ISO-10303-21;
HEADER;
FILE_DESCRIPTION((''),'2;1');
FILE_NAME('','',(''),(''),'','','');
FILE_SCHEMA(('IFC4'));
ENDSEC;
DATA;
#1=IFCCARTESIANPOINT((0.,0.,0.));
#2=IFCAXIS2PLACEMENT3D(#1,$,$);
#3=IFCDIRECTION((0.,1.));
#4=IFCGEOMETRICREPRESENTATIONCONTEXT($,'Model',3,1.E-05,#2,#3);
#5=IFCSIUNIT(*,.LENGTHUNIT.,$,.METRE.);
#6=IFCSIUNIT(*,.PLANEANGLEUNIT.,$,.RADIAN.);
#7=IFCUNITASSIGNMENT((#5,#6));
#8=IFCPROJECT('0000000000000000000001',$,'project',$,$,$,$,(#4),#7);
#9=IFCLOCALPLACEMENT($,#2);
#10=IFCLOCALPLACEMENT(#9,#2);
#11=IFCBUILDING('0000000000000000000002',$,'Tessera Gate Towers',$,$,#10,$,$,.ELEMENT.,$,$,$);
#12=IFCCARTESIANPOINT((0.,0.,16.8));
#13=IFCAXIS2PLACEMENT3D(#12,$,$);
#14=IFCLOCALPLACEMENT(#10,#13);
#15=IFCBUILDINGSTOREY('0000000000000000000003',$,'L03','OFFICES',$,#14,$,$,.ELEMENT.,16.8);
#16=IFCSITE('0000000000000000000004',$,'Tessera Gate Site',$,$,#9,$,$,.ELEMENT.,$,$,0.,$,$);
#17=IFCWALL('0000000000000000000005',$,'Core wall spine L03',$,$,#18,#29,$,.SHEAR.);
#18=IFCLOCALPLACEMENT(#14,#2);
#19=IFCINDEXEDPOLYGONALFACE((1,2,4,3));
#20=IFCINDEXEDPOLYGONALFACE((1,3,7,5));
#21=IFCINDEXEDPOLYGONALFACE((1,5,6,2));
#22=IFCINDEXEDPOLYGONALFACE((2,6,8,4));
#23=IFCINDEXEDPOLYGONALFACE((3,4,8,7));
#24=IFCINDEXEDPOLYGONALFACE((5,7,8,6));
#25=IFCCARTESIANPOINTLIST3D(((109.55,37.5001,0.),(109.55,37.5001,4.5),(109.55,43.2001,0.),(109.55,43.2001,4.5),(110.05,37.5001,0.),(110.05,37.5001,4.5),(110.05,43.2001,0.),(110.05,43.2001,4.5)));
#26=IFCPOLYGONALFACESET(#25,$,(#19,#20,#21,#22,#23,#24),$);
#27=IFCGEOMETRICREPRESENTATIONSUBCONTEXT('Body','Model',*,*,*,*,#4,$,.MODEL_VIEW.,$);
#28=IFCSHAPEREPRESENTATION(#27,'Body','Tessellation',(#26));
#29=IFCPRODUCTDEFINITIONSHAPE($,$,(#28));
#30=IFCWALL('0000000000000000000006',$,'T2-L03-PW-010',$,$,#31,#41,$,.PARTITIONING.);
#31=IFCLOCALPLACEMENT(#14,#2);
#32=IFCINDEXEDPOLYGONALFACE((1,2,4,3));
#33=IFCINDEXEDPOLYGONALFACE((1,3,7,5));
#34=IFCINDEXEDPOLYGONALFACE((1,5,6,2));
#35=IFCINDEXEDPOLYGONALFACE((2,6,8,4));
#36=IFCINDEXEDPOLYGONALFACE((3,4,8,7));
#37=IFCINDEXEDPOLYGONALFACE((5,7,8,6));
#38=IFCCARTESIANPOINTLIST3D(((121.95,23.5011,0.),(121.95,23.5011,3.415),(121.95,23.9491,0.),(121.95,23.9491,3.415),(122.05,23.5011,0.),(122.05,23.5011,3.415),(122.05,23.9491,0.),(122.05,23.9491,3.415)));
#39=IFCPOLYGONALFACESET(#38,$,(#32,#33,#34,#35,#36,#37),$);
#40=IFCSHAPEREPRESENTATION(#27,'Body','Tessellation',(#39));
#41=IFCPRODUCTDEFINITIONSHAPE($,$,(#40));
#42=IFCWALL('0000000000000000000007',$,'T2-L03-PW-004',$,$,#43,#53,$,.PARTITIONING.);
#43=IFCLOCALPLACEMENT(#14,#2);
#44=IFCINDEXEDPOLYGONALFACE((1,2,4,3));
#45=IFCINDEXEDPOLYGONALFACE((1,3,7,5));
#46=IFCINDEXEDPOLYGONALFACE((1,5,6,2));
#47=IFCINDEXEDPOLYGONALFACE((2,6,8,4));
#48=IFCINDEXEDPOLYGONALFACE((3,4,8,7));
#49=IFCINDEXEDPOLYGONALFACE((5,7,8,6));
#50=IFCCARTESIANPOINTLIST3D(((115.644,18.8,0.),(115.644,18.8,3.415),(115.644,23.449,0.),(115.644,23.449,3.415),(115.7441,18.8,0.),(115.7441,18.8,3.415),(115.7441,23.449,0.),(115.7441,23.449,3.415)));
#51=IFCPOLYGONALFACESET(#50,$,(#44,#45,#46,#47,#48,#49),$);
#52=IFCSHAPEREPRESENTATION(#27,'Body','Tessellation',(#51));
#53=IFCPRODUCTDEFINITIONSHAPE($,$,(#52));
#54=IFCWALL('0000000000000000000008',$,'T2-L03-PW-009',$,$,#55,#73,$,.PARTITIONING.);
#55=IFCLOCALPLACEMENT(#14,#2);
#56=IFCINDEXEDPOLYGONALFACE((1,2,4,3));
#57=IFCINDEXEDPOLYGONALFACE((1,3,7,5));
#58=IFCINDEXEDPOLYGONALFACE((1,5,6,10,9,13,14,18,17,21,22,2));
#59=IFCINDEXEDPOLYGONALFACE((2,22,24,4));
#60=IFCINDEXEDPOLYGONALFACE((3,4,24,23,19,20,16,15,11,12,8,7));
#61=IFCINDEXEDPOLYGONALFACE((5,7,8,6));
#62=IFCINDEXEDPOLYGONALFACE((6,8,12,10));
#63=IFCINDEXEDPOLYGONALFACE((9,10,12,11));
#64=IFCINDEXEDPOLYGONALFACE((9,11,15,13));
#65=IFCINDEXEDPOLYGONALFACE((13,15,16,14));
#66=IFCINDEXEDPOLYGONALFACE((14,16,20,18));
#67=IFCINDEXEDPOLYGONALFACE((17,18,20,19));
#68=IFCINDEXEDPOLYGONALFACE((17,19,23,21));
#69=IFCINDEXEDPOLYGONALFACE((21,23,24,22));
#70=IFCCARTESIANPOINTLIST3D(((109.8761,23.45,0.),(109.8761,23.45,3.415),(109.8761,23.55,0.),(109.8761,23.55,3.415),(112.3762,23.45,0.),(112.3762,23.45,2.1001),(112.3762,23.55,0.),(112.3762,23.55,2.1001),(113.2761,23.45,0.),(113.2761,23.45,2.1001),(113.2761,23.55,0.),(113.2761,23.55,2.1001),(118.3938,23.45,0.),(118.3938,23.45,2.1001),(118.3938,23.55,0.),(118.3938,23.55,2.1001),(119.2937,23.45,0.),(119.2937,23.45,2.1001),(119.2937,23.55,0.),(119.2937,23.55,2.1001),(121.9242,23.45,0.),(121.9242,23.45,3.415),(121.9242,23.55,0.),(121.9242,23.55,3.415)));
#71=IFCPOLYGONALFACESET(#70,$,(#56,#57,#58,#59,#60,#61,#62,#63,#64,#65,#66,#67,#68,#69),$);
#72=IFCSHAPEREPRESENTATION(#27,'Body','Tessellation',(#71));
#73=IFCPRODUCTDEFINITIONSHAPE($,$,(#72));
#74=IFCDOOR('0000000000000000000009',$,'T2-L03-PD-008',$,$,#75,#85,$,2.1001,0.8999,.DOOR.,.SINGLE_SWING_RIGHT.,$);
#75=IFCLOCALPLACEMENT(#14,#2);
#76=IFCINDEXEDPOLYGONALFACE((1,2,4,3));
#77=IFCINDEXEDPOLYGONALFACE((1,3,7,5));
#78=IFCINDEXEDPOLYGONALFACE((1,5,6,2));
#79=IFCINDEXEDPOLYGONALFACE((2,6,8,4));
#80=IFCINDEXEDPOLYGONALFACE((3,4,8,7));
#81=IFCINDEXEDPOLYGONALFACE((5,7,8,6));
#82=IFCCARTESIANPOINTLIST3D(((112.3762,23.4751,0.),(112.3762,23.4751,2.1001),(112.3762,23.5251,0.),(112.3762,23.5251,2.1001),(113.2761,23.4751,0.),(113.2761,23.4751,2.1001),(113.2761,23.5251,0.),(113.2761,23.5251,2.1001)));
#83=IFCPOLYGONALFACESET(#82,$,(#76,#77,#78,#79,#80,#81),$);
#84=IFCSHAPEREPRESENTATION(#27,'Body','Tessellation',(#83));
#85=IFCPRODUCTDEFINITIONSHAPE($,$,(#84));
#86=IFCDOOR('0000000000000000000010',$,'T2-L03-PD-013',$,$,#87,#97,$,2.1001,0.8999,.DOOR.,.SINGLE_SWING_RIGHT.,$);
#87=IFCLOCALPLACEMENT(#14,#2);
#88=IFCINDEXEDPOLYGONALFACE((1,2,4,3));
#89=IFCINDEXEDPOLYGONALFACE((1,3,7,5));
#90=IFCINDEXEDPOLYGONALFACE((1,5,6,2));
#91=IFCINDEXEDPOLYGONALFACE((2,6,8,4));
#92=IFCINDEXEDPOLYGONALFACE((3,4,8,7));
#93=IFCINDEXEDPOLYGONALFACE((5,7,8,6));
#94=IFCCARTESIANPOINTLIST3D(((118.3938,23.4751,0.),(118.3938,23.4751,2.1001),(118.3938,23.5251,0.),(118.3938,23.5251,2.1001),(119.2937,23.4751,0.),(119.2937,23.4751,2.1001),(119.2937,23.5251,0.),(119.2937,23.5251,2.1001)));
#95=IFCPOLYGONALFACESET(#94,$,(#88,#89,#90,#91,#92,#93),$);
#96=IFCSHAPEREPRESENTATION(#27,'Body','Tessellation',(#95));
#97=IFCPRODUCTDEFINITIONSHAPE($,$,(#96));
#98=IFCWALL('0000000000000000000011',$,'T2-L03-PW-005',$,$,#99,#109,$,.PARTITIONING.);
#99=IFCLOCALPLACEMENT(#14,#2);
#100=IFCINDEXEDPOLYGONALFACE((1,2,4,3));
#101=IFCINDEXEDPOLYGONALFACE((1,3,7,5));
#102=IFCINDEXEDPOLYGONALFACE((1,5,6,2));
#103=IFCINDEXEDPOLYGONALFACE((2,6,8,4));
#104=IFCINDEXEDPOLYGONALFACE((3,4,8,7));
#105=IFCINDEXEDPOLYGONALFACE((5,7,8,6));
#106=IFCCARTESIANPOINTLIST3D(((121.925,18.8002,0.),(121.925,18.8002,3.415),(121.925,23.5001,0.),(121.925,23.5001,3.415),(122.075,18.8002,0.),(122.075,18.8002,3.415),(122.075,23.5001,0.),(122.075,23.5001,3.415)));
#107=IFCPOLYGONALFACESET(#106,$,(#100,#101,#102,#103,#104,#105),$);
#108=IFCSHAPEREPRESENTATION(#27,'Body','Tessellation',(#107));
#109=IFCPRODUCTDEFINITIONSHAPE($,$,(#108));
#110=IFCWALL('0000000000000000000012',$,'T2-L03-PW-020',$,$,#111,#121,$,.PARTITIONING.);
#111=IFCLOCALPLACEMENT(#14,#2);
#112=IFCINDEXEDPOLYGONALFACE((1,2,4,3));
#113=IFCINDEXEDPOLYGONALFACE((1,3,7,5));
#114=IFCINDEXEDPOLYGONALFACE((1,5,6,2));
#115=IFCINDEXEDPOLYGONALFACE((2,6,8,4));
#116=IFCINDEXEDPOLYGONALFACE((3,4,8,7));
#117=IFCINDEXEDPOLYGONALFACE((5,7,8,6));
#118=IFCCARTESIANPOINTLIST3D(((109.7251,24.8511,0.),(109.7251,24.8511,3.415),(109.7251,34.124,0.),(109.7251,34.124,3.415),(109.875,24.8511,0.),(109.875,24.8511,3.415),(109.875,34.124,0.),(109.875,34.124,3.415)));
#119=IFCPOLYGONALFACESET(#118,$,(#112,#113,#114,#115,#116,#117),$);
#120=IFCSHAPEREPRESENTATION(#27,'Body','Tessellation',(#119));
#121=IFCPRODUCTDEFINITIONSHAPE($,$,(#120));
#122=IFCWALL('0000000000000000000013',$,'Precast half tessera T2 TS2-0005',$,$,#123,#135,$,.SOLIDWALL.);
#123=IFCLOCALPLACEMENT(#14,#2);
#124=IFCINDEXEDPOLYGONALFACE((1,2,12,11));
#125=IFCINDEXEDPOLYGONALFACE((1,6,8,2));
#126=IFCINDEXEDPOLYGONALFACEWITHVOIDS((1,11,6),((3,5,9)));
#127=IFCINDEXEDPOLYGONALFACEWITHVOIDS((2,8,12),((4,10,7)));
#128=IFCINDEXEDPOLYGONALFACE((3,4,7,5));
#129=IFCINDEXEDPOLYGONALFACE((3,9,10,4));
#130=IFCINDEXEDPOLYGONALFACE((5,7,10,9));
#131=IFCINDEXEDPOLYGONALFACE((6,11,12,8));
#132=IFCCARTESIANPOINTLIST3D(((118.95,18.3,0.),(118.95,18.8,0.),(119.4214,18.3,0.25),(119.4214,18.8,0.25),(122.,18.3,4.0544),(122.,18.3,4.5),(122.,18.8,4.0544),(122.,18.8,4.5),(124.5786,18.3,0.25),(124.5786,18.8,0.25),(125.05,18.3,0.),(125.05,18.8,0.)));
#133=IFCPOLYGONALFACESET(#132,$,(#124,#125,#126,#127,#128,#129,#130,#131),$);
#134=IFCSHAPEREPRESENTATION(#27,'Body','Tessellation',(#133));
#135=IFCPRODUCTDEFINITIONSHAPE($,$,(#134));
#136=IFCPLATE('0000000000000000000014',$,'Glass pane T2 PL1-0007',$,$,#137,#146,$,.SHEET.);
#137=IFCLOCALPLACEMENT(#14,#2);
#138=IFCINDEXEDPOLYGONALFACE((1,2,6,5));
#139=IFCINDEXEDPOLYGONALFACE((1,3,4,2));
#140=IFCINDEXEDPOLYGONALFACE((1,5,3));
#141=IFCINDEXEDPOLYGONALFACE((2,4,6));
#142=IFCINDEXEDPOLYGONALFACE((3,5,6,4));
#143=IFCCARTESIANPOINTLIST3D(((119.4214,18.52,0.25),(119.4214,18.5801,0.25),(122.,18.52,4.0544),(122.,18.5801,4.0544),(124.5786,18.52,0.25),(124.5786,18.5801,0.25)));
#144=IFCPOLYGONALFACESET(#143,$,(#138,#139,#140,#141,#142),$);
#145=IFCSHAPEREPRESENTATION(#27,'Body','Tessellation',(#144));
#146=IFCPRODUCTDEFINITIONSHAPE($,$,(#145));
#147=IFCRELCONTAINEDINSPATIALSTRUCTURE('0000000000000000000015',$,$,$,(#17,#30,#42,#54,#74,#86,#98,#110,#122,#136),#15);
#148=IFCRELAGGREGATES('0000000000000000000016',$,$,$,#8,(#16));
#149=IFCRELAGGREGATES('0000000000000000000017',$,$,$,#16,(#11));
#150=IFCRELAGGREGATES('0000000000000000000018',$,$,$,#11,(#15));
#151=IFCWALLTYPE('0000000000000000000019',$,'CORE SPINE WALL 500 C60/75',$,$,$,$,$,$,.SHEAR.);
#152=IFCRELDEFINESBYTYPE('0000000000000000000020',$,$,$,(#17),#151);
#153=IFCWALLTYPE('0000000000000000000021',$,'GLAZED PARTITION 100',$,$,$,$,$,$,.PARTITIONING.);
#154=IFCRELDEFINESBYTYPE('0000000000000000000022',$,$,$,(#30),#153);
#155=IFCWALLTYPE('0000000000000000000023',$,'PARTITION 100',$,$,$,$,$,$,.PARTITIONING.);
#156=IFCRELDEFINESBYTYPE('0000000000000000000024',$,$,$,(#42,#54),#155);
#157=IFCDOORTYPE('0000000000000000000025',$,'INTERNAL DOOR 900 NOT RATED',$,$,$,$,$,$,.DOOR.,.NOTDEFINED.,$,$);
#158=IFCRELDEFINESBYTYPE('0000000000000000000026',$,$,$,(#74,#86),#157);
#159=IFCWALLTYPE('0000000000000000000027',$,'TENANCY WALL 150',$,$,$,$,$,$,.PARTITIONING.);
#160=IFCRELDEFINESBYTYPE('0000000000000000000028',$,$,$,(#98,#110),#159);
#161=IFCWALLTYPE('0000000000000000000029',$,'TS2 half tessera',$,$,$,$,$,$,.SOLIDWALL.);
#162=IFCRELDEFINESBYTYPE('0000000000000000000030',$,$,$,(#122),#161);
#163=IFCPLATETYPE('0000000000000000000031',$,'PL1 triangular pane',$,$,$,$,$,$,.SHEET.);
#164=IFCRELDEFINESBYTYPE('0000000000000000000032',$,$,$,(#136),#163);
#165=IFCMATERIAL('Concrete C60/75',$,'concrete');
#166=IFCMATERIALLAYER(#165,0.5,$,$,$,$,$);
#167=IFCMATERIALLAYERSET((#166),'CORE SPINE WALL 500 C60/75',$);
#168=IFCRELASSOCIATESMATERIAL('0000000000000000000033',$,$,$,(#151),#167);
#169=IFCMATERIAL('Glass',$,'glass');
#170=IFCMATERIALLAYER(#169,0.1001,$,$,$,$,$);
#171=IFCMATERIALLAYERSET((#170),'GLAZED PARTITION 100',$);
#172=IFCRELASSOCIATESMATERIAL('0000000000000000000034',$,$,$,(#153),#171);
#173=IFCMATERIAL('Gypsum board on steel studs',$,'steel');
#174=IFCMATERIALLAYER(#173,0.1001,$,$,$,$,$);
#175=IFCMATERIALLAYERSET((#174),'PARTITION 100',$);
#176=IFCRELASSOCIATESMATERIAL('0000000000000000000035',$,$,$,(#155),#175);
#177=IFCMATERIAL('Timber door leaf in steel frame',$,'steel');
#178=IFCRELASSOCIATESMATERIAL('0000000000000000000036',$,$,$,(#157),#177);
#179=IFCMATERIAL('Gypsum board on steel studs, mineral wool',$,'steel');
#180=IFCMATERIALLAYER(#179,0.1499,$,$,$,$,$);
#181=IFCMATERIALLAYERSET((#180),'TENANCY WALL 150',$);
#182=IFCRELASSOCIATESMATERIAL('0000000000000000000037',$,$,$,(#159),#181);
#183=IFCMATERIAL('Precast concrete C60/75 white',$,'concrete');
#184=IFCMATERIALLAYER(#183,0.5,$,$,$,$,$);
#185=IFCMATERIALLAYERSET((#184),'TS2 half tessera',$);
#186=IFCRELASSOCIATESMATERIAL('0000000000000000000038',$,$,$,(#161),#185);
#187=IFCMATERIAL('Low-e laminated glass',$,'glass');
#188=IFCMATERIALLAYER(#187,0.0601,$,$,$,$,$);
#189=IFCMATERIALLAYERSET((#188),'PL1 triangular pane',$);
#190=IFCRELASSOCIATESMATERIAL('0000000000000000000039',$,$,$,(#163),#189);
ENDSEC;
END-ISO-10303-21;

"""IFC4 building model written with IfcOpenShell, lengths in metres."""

from ifc_helpers import new_model, si_unit, direction, frame, frame_2d, origin, place, context, subcontext, project, spatial, polyline, rectangle, outline, extrude, source, transform, mapped, material, layer, layer_set, type_object, element, fill, save


model = new_model("IFC4")

# Units and contexts
model_context = context("Model", 3, precision=1e-05, world=origin(), true_north=direction((0.0, 1.0)))
body_context = subcontext(model_context, "Body", "Model", "MODEL_VIEW")
ifc_project = project(units=[si_unit("LENGTHUNIT", "METRE"), si_unit("PLANEANGLEUNIT", "RADIAN")], contexts=[model_context])

# Site, building, storey
site_placement = place(None, origin())
site = spatial("IfcSite", under=ifc_project, at=site_placement, Name="Tessera Gate Site", CompositionType="ELEMENT", RefElevation=0.0)
building_placement = place(site_placement, origin())
building = spatial("IfcBuilding", under=site, at=building_placement, Name="Tessera Gate Towers", CompositionType="ELEMENT")
storey_placement = place(building_placement, frame((0.0, 0.0, 16.8)))
storey = spatial("IfcBuildingStorey", under=building, at=storey_placement, Name="L03", Description="OFFICES", CompositionType="ELEMENT", Elevation=16.8)

# Walls
ifc_material_1 = material(Name="Concrete C60/75", Category="concrete")
ifc_layer_1 = layer(ifc_material_1, 0.5)
ifc_layer_set_1 = layer_set([ifc_layer_1], Name="CORE SPINE WALL 500 C60/75")
wall_type_1 = type_object("IfcWallType", Name="CORE SPINE WALL 500 C60/75", PredefinedType="SHEAR", material=ifc_layer_set_1)
wall_1_placement = place(storey_placement, frame((109.8, 37.5, 0.0), z_axis=(0.0, 0.0, 1.0), x_axis=(0.0, 1.0, 0.0)))
element("IfcWall", 1, at=wall_1_placement, inside=storey, type_object=wall_type_1, Name="Core wall spine L03", PredefinedType="SHEAR", context=body_context, shape_type="SweptSolid", body=[
    extrude(rectangle(XDim=5.7, YDim=0.5, at=frame_2d((2.8501, 0.0))), origin(), (0.0, 0.0, 1.0), 4.5),
])
ifc_material_2 = material(Name="Glass", Category="glass")
ifc_layer_2 = layer(ifc_material_2, 0.1001)
ifc_layer_set_2 = layer_set([ifc_layer_2], Name="GLAZED PARTITION 100")
wall_type_2 = type_object("IfcWallType", Name="GLAZED PARTITION 100", PredefinedType="PARTITIONING", material=ifc_layer_set_2)
wall_2_placement = place(storey_placement, frame((122.0, 23.501, 0.0), z_axis=(0.0, 0.0, 1.0), x_axis=(0.0, 1.0, 0.0)))
element("IfcWall", 2, at=wall_2_placement, inside=storey, type_object=wall_type_2, Name="T2-L03-PW-010", PredefinedType="PARTITIONING", context=body_context, shape_type="SweptSolid", body=[
    extrude(rectangle(XDim=0.448, YDim=0.1001, at=frame_2d((0.2241, 0.0))), origin(), (0.0, 0.0, 1.0), 3.415),
])
ifc_material_3 = material(Name="Gypsum board on steel studs", Category="steel")
ifc_layer_3 = layer(ifc_material_3, 0.1001)
ifc_layer_set_3 = layer_set([ifc_layer_3], Name="PARTITION 100")
wall_type_3 = type_object("IfcWallType", Name="PARTITION 100", PredefinedType="PARTITIONING", material=ifc_layer_set_3)
wall_3_placement = place(storey_placement, frame((115.6941, 18.8, 0.0), z_axis=(0.0, 0.0, 1.0), x_axis=(0.0, 1.0, 0.0)))
element("IfcWall", 3, at=wall_3_placement, inside=storey, type_object=wall_type_3, Name="T2-L03-PW-004", PredefinedType="PARTITIONING", context=body_context, shape_type="SweptSolid", body=[
    extrude(rectangle(XDim=4.6489, YDim=0.1001, at=frame_2d((2.3245, 0.0))), origin(), (0.0, 0.0, 1.0), 3.415),
])

# Wall, openings, doors
wall_4_placement = place(storey_placement, frame((121.9241, 23.5, 0.0), z_axis=(0.0, 0.0, 1.0), x_axis=(-1.0, 0.0, 0.0)))
wall_4 = element("IfcWall", 4, at=wall_4_placement, inside=storey, type_object=wall_type_3, Name="T2-L03-PW-009", PredefinedType="PARTITIONING", context=body_context, shape_type="SweptSolid", body=[
    extrude(rectangle(XDim=12.0481, YDim=0.1001, at=frame_2d((6.0239, 0.0))), origin(), (0.0, 0.0, 1.0), 3.415),
])
shared_shape_1 = source(origin(), body_context, "Body", "SweptSolid", [
    extrude(rectangle(XDim=0.8999, YDim=2.1001, at=frame_2d((0.45, 1.05))), frame((0.0, 0.0601, 0.0), z_axis=(0.0, -1.0, 0.0), x_axis=(1.0, 0.0, 0.0)), (0.0, 0.0, 1.0), 0.1201),
])
opening_1_placement = place(wall_4_placement, frame((8.6479, 0.0, 0.0)))
opening_1 = element("IfcOpeningElement", 5, at=opening_1_placement, cuts=wall_4, PredefinedType="OPENING", context=body_context, shape_type="MappedRepresentation", body=[
    mapped(shared_shape_1, transform((0.0, 0.0, 0.0), scale=1.0)),
])
opening_2_placement = place(wall_4_placement, frame((2.6304, 0.0, 0.0)))
opening_2 = element("IfcOpeningElement", 6, at=opening_2_placement, cuts=wall_4, PredefinedType="OPENING", context=body_context, shape_type="MappedRepresentation", body=[
    mapped(shared_shape_1, transform((0.0, 0.0, 0.0), scale=1.0)),
])
ifc_material_4 = material(Name="Timber door leaf in steel frame", Category="steel")
door_type = type_object("IfcDoorType", Name="INTERNAL DOOR 900 NOT RATED", OperationType="NOTDEFINED", PredefinedType="DOOR", material=ifc_material_4)
shared_shape_2 = source(origin(), body_context, "Body", "SweptSolid", [
    extrude(rectangle(XDim=0.8999, YDim=2.1001, at=frame_2d((0.45, 1.05))), frame((0.0, 0.0249, 0.0), z_axis=(0.0, -1.0, 0.0), x_axis=(1.0, 0.0, 0.0)), (0.0, 0.0, 1.0), 0.05),
])
door_1_placement = place(opening_1_placement, origin())
door_1 = element("IfcDoor", 7, at=door_1_placement, inside=storey, type_object=door_type, Name="T2-L03-PD-008", OperationType="SINGLE_SWING_RIGHT", OverallHeight=2.1001, OverallWidth=0.8999, PredefinedType="DOOR", context=body_context, shape_type="MappedRepresentation", body=[
    mapped(shared_shape_2, transform((0.0, 0.0, 0.0), scale=1.0)),
])
fill(opening_1, door_1)
door_2_placement = place(opening_2_placement, origin())
door_2 = element("IfcDoor", 8, at=door_2_placement, inside=storey, type_object=door_type, Name="T2-L03-PD-013", OperationType="SINGLE_SWING_RIGHT", OverallHeight=2.1001, OverallWidth=0.8999, PredefinedType="DOOR", context=body_context, shape_type="MappedRepresentation", body=[
    mapped(shared_shape_2, transform((0.0, 0.0, 0.0), scale=1.0)),
])
fill(opening_2, door_2)

# Walls
ifc_material_5 = material(Name="Gypsum board on steel studs, mineral wool", Category="steel")
ifc_layer_4 = layer(ifc_material_5, 0.1499)
ifc_layer_set_4 = layer_set([ifc_layer_4], Name="TENANCY WALL 150")
wall_type_4 = type_object("IfcWallType", Name="TENANCY WALL 150", PredefinedType="PARTITIONING", material=ifc_layer_set_4)
wall_5_placement = place(storey_placement, frame((122.0, 18.8, 0.0), z_axis=(0.0, 0.0, 1.0), x_axis=(0.0, 1.0, 0.0)))
element("IfcWall", 9, at=wall_5_placement, inside=storey, type_object=wall_type_4, Name="T2-L03-PW-005", PredefinedType="PARTITIONING", context=body_context, shape_type="SweptSolid", body=[
    extrude(rectangle(XDim=4.7, YDim=0.1499, at=frame_2d((2.3501, 0.0))), origin(), (0.0, 0.0, 1.0), 3.415),
])
wall_6_placement = place(storey_placement, frame((109.8, 24.8511, 0.0), z_axis=(0.0, 0.0, 1.0), x_axis=(0.0, 1.0, 0.0)))
element("IfcWall", 10, at=wall_6_placement, inside=storey, type_object=wall_type_4, Name="T2-L03-PW-020", PredefinedType="PARTITIONING", context=body_context, shape_type="SweptSolid", body=[
    extrude(rectangle(XDim=9.2729, YDim=0.1499, at=frame_2d((4.6365, 0.0))), origin(), (0.0, 0.0, 1.0), 3.415),
])

# Wall, opening, plate
ifc_material_6 = material(Name="Precast concrete C60/75 white", Category="concrete")
ifc_layer_5 = layer(ifc_material_6, 0.5)
ifc_layer_set_5 = layer_set([ifc_layer_5], Name="TS2 half tessera")
wall_type_5 = type_object("IfcWallType", Name="TS2 half tessera", PredefinedType="SOLIDWALL", material=ifc_layer_set_5)
shared_shape_3 = source(origin(), body_context, "Body", "SweptSolid", [
    extrude(outline(polyline([(6.1001, 0.0), (3.05, 4.5), (0.0, 0.0), (6.1001, 0.0)])), frame((0.0, 0.25, 0.0), z_axis=(0.0, -1.0, 0.0), x_axis=(1.0, 0.0, 0.0)), (0.0, 0.0, 1.0), 0.5),
])
wall_7_placement = place(storey_placement, frame((118.95, 18.55, 0.0), z_axis=(0.0, 0.0, 1.0), x_axis=(1.0, 0.0, 0.0)))
wall_7 = element("IfcWall", 11, at=wall_7_placement, inside=storey, type_object=wall_type_5, Name="Precast half tessera T2 TS2-0005", PredefinedType="SOLIDWALL", context=body_context, shape_type="MappedRepresentation", body=[
    mapped(shared_shape_3, transform((0.0, 0.0, 0.0), scale=1.0)),
])
shared_shape_4 = source(origin(), body_context, "Body", "SweptSolid", [
    extrude(outline(polyline([(5.6287, 0.25), (3.05, 4.0544), (0.4714, 0.25), (5.6287, 0.25)])), frame((0.0, 0.26, 0.0), z_axis=(0.0, -1.0, 0.0), x_axis=(1.0, 0.0, 0.0)), (0.0, 0.0, 1.0), 0.52),
])
opening_3_placement = place(wall_7_placement, origin())
opening_3 = element("IfcOpeningElement", 12, at=opening_3_placement, cuts=wall_7, PredefinedType="OPENING", context=body_context, shape_type="MappedRepresentation", body=[
    mapped(shared_shape_4, transform((0.0, 0.0, 0.0), scale=1.0)),
])
ifc_material_7 = material(Name="Low-e laminated glass", Category="glass")
ifc_layer_6 = layer(ifc_material_7, 0.0601)
ifc_layer_set_6 = layer_set([ifc_layer_6], Name="PL1 triangular pane")
plate_type = type_object("IfcPlateType", Name="PL1 triangular pane", PredefinedType="SHEET", material=ifc_layer_set_6)
shared_shape_5 = source(origin(), body_context, "Body", "SweptSolid", [
    extrude(outline(polyline([(5.6287, 0.25), (3.05, 4.0544), (0.4714, 0.25), (5.6287, 0.25)])), frame((0.0, 0.03, 0.0), z_axis=(0.0, -1.0, 0.0), x_axis=(1.0, 0.0, 0.0)), (0.0, 0.0, 1.0), 0.0601),
])
plate_placement = place(opening_3_placement, origin())
plate = element("IfcPlate", 13, at=plate_placement, inside=storey, type_object=plate_type, Name="Glass pane T2 PL1-0007", PredefinedType="SHEET", context=body_context, shape_type="MappedRepresentation", body=[
    mapped(shared_shape_5, transform((0.0, 0.0, 0.0), scale=1.0)),
])
fill(opening_3, plate)

save(model, "model.ifc")
